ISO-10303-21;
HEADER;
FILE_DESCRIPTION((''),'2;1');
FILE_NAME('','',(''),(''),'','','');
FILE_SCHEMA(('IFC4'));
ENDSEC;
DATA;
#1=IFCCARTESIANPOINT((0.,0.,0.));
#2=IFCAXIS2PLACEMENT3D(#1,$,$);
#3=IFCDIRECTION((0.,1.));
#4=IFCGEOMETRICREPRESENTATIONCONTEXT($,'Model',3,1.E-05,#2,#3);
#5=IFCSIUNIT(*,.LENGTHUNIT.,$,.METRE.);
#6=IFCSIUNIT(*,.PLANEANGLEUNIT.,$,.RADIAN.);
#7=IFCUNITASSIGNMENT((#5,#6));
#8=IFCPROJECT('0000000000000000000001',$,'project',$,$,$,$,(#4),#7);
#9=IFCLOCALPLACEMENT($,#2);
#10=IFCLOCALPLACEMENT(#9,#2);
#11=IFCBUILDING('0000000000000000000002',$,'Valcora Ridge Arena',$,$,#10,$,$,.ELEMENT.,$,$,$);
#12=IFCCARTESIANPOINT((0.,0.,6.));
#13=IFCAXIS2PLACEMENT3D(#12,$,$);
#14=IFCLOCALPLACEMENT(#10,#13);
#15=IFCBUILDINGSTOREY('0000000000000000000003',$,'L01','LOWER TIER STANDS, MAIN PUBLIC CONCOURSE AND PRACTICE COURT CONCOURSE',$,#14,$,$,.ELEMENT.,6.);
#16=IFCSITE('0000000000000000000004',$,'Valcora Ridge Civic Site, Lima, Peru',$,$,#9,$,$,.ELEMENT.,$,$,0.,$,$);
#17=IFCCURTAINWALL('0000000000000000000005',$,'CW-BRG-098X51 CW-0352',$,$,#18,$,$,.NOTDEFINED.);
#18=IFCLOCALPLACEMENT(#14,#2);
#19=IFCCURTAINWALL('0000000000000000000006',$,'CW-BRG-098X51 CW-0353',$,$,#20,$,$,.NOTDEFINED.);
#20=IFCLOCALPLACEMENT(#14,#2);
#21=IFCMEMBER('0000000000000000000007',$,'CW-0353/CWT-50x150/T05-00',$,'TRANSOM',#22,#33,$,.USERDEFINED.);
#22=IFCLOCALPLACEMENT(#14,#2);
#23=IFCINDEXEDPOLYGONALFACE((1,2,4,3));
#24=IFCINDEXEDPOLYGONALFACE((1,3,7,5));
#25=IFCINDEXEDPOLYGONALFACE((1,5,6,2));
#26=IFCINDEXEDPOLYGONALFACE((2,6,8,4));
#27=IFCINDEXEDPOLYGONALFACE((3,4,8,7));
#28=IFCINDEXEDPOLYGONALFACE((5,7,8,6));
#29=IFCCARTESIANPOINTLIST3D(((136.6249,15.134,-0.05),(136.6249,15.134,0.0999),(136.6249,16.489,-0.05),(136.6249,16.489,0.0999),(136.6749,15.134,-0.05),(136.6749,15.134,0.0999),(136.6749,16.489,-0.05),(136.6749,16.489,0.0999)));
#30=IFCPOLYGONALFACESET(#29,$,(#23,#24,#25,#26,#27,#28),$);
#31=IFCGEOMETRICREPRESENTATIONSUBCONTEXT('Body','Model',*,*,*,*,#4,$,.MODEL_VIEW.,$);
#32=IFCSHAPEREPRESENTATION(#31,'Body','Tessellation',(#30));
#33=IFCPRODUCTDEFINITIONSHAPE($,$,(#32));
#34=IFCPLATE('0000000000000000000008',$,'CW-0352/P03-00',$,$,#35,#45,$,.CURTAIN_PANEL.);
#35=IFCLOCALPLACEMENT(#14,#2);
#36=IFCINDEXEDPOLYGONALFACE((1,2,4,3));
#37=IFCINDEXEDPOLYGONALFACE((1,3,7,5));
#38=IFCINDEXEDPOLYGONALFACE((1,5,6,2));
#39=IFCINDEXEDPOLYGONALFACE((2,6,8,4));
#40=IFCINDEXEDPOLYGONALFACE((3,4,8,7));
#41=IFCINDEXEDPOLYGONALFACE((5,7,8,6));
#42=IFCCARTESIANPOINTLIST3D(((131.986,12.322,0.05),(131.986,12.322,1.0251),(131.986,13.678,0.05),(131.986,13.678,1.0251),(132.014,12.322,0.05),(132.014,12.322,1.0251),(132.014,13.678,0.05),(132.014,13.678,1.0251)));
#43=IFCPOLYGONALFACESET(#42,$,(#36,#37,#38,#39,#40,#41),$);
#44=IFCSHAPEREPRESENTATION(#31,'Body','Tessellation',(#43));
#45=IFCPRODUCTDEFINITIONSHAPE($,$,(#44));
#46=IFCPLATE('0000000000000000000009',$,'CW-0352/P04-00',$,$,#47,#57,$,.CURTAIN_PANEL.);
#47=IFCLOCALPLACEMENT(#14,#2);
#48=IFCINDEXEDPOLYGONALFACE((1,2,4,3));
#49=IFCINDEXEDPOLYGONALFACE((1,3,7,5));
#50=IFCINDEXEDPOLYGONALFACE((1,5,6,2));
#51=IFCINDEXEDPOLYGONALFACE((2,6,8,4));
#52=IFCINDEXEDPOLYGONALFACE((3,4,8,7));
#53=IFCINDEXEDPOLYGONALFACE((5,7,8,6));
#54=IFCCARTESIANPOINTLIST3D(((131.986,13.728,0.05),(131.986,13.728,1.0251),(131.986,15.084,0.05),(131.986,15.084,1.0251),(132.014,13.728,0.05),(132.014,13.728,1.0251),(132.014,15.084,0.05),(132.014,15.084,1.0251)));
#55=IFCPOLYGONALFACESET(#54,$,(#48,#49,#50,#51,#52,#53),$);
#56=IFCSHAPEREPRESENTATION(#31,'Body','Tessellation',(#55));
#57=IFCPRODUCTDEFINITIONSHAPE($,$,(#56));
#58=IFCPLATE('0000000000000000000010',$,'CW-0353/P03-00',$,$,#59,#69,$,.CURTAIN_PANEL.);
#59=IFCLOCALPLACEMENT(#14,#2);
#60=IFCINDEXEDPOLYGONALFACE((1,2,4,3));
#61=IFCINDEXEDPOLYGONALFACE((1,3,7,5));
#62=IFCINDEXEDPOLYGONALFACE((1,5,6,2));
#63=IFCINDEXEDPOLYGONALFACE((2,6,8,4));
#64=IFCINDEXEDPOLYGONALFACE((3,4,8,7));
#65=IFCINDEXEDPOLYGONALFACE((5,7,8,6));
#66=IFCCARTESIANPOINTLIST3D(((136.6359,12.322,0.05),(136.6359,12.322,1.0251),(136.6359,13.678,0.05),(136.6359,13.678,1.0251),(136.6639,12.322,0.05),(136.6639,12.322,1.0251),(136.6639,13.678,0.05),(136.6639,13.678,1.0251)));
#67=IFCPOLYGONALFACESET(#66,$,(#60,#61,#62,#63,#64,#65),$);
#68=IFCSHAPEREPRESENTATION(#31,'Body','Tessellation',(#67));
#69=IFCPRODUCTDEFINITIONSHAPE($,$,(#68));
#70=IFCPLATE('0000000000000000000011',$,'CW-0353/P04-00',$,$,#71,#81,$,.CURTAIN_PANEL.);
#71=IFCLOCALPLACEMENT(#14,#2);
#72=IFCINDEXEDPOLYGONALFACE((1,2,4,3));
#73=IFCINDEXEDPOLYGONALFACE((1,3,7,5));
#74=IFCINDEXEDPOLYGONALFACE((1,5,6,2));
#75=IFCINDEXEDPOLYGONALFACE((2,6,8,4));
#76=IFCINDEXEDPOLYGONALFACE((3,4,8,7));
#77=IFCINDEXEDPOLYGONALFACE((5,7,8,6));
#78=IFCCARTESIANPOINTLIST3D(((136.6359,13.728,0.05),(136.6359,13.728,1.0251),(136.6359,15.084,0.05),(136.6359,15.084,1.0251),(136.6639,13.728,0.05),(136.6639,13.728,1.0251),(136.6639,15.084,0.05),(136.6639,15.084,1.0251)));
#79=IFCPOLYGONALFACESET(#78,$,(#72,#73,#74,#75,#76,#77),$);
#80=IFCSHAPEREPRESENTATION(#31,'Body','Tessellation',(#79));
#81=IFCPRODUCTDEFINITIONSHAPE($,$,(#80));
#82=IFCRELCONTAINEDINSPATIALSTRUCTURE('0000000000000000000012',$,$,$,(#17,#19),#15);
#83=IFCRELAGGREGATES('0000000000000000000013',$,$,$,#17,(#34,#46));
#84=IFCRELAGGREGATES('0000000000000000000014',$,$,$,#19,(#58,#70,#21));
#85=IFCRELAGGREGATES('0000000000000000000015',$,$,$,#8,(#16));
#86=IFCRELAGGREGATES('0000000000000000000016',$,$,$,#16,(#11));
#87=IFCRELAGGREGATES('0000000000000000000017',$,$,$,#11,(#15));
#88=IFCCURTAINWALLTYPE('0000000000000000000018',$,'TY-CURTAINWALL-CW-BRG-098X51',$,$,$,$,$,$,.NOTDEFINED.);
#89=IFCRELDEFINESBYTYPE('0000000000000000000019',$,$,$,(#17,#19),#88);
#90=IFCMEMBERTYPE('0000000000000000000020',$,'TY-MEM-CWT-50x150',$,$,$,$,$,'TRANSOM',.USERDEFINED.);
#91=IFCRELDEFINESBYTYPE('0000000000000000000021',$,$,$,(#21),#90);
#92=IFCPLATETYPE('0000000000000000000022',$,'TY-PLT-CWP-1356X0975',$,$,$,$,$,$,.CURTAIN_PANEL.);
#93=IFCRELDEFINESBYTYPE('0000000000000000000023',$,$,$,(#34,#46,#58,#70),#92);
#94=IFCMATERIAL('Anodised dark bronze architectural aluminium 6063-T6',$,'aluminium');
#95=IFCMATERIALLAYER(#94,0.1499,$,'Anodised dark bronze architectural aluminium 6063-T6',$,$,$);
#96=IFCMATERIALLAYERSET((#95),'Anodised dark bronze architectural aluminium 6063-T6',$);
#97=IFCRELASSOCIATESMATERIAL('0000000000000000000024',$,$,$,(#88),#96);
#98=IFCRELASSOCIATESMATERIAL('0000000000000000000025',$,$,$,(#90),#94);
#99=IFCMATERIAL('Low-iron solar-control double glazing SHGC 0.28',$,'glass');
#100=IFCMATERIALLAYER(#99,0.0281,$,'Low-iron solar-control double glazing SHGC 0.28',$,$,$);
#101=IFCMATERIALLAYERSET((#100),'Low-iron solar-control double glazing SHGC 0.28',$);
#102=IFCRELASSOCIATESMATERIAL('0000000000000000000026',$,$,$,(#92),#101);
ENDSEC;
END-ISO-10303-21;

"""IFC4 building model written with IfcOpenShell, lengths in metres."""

from ifc_helpers import new_model, si_unit, direction, frame, origin, origin_2d, place, context, subcontext, project, spatial, rectangle, extrude, material, layer, layer_set, material_profile, profile_set, type_object, element, aggregate, save


model = new_model("IFC4")

# Units and contexts
model_context = context("Model", 3, precision=1e-05, world=origin(), true_north=direction((0.0, 1.0)))
body_context = subcontext(model_context, "Body", "Model", "MODEL_VIEW")
ifc_project = project(units=[si_unit("LENGTHUNIT", "METRE"), si_unit("PLANEANGLEUNIT", "RADIAN")], contexts=[model_context])

# Site, building, storey
site_placement = place(None, origin())
site = spatial("IfcSite", under=ifc_project, at=site_placement, Name="Valcora Ridge Civic Site, Lima, Peru", CompositionType="ELEMENT", RefElevation=0.0)
building_placement = place(site_placement, origin())
building = spatial("IfcBuilding", under=site, at=building_placement, Name="Valcora Ridge Arena", CompositionType="ELEMENT")
storey_placement = place(building_placement, frame((0.0, 0.0, 6.0)))
storey = spatial("IfcBuildingStorey", under=building, at=storey_placement, Name="L01", Description="LOWER TIER STANDS, MAIN PUBLIC CONCOURSE AND PRACTICE COURT CONCOURSE", CompositionType="ELEMENT", Elevation=6.0)

# Curtain walls
ifc_material_1 = material(Name="Anodised dark bronze architectural aluminium 6063-T6", Category="aluminium")
ifc_layer_1 = layer(ifc_material_1, 0.1499, Name="Anodised dark bronze architectural aluminium 6063-T6")
ifc_layer_set_1 = layer_set([ifc_layer_1], Name="Anodised dark bronze architectural aluminium 6063-T6")
curtain_wall_type = type_object("IfcCurtainWallType", Name="TY-CURTAINWALL-CW-BRG-098X51", PredefinedType="NOTDEFINED", material=ifc_layer_set_1)
curtain_wall_1_placement = place(storey_placement, origin())
curtain_wall_1 = element("IfcCurtainWall", 1, at=curtain_wall_1_placement, inside=storey, type_object=curtain_wall_type, Name="CW-BRG-098X51 CW-0352", PredefinedType="NOTDEFINED")
curtain_wall_2_placement = place(storey_placement, origin())
curtain_wall_2 = element("IfcCurtainWall", 2, at=curtain_wall_2_placement, inside=storey, type_object=curtain_wall_type, Name="CW-BRG-098X51 CW-0353", PredefinedType="NOTDEFINED")

# Member
ifc_material_profile_1 = material_profile(ifc_material_1, rectangle(XDim=0.05, YDim=0.1499, at=origin_2d()), Name="ALU TRANSOM 50x150")
ifc_profile_set_1 = profile_set([ifc_material_profile_1], Name="Anodised dark bronze architectural aluminium 6063-T6")
member_type_1 = type_object("IfcMemberType", Name="TY-MEM-CWT-50x150", ElementType="TRANSOM", PredefinedType="USERDEFINED", material=ifc_profile_set_1)
member_1_placement = place(storey_placement, frame((136.6499, 15.134, 0.0249), z_axis=(0.0, 1.0, 0.0), x_axis=(-1.0, 0.0, 0.0)))
member_1 = element("IfcMember", 3, at=member_1_placement, type_object=member_type_1, Name="CW-0353/CWT-50x150/T05-00", ObjectType="TRANSOM", PredefinedType="USERDEFINED", context=body_context, shape_type="SweptSolid", body=[
    extrude(rectangle(XDim=0.05, YDim=0.1499, at=origin_2d()), origin(), (0.0, 0.0, 1.0), 1.355),
])

# Plates
ifc_material_2 = material(Name="Low-iron solar-control double glazing SHGC 0.28", Category="glass")
ifc_layer_2 = layer(ifc_material_2, 0.0281, Name="Low-iron solar-control double glazing SHGC 0.28")
ifc_layer_set_2 = layer_set([ifc_layer_2], Name="Low-iron solar-control double glazing SHGC 0.28")
plate_type = type_object("IfcPlateType", Name="TY-PLT-CWP-1356X0975", PredefinedType="CURTAIN_PANEL", material=ifc_layer_set_2)
plate_1_placement = place(storey_placement, frame((132.0, 13.0, 0.05), z_axis=(0.0, 0.0, 1.0), x_axis=(0.0, 1.0, 0.0)))
plate_1 = element("IfcPlate", 4, at=plate_1_placement, type_object=plate_type, Name="CW-0352/P03-00", PredefinedType="CURTAIN_PANEL", context=body_context, shape_type="SweptSolid", body=[
    extrude(rectangle(XDim=1.356, YDim=0.0281, at=origin_2d()), origin(), (0.0, 0.0, 1.0), 0.9751),
])
plate_2_placement = place(storey_placement, frame((132.0, 14.406, 0.05), z_axis=(0.0, 0.0, 1.0), x_axis=(0.0, 1.0, 0.0)))
plate_2 = element("IfcPlate", 5, at=plate_2_placement, type_object=plate_type, Name="CW-0352/P04-00", PredefinedType="CURTAIN_PANEL", context=body_context, shape_type="SweptSolid", body=[
    extrude(rectangle(XDim=1.356, YDim=0.0281, at=origin_2d()), origin(), (0.0, 0.0, 1.0), 0.9751),
])
aggregate(curtain_wall_1, [plate_1, plate_2])
plate_3_placement = place(storey_placement, frame((136.6499, 13.0, 0.05), z_axis=(0.0, 0.0, 1.0), x_axis=(0.0, 1.0, 0.0)))
plate_3 = element("IfcPlate", 6, at=plate_3_placement, type_object=plate_type, Name="CW-0353/P03-00", PredefinedType="CURTAIN_PANEL", context=body_context, shape_type="SweptSolid", body=[
    extrude(rectangle(XDim=1.356, YDim=0.0281, at=origin_2d()), origin(), (0.0, 0.0, 1.0), 0.9751),
])
plate_4_placement = place(storey_placement, frame((136.6499, 14.406, 0.05), z_axis=(0.0, 0.0, 1.0), x_axis=(0.0, 1.0, 0.0)))
plate_4 = element("IfcPlate", 7, at=plate_4_placement, type_object=plate_type, Name="CW-0353/P04-00", PredefinedType="CURTAIN_PANEL", context=body_context, shape_type="SweptSolid", body=[
    extrude(rectangle(XDim=1.356, YDim=0.0281, at=origin_2d()), origin(), (0.0, 0.0, 1.0), 0.9751),
])
aggregate(curtain_wall_2, [plate_3, plate_4, member_1])

save(model, "model.ifc")
